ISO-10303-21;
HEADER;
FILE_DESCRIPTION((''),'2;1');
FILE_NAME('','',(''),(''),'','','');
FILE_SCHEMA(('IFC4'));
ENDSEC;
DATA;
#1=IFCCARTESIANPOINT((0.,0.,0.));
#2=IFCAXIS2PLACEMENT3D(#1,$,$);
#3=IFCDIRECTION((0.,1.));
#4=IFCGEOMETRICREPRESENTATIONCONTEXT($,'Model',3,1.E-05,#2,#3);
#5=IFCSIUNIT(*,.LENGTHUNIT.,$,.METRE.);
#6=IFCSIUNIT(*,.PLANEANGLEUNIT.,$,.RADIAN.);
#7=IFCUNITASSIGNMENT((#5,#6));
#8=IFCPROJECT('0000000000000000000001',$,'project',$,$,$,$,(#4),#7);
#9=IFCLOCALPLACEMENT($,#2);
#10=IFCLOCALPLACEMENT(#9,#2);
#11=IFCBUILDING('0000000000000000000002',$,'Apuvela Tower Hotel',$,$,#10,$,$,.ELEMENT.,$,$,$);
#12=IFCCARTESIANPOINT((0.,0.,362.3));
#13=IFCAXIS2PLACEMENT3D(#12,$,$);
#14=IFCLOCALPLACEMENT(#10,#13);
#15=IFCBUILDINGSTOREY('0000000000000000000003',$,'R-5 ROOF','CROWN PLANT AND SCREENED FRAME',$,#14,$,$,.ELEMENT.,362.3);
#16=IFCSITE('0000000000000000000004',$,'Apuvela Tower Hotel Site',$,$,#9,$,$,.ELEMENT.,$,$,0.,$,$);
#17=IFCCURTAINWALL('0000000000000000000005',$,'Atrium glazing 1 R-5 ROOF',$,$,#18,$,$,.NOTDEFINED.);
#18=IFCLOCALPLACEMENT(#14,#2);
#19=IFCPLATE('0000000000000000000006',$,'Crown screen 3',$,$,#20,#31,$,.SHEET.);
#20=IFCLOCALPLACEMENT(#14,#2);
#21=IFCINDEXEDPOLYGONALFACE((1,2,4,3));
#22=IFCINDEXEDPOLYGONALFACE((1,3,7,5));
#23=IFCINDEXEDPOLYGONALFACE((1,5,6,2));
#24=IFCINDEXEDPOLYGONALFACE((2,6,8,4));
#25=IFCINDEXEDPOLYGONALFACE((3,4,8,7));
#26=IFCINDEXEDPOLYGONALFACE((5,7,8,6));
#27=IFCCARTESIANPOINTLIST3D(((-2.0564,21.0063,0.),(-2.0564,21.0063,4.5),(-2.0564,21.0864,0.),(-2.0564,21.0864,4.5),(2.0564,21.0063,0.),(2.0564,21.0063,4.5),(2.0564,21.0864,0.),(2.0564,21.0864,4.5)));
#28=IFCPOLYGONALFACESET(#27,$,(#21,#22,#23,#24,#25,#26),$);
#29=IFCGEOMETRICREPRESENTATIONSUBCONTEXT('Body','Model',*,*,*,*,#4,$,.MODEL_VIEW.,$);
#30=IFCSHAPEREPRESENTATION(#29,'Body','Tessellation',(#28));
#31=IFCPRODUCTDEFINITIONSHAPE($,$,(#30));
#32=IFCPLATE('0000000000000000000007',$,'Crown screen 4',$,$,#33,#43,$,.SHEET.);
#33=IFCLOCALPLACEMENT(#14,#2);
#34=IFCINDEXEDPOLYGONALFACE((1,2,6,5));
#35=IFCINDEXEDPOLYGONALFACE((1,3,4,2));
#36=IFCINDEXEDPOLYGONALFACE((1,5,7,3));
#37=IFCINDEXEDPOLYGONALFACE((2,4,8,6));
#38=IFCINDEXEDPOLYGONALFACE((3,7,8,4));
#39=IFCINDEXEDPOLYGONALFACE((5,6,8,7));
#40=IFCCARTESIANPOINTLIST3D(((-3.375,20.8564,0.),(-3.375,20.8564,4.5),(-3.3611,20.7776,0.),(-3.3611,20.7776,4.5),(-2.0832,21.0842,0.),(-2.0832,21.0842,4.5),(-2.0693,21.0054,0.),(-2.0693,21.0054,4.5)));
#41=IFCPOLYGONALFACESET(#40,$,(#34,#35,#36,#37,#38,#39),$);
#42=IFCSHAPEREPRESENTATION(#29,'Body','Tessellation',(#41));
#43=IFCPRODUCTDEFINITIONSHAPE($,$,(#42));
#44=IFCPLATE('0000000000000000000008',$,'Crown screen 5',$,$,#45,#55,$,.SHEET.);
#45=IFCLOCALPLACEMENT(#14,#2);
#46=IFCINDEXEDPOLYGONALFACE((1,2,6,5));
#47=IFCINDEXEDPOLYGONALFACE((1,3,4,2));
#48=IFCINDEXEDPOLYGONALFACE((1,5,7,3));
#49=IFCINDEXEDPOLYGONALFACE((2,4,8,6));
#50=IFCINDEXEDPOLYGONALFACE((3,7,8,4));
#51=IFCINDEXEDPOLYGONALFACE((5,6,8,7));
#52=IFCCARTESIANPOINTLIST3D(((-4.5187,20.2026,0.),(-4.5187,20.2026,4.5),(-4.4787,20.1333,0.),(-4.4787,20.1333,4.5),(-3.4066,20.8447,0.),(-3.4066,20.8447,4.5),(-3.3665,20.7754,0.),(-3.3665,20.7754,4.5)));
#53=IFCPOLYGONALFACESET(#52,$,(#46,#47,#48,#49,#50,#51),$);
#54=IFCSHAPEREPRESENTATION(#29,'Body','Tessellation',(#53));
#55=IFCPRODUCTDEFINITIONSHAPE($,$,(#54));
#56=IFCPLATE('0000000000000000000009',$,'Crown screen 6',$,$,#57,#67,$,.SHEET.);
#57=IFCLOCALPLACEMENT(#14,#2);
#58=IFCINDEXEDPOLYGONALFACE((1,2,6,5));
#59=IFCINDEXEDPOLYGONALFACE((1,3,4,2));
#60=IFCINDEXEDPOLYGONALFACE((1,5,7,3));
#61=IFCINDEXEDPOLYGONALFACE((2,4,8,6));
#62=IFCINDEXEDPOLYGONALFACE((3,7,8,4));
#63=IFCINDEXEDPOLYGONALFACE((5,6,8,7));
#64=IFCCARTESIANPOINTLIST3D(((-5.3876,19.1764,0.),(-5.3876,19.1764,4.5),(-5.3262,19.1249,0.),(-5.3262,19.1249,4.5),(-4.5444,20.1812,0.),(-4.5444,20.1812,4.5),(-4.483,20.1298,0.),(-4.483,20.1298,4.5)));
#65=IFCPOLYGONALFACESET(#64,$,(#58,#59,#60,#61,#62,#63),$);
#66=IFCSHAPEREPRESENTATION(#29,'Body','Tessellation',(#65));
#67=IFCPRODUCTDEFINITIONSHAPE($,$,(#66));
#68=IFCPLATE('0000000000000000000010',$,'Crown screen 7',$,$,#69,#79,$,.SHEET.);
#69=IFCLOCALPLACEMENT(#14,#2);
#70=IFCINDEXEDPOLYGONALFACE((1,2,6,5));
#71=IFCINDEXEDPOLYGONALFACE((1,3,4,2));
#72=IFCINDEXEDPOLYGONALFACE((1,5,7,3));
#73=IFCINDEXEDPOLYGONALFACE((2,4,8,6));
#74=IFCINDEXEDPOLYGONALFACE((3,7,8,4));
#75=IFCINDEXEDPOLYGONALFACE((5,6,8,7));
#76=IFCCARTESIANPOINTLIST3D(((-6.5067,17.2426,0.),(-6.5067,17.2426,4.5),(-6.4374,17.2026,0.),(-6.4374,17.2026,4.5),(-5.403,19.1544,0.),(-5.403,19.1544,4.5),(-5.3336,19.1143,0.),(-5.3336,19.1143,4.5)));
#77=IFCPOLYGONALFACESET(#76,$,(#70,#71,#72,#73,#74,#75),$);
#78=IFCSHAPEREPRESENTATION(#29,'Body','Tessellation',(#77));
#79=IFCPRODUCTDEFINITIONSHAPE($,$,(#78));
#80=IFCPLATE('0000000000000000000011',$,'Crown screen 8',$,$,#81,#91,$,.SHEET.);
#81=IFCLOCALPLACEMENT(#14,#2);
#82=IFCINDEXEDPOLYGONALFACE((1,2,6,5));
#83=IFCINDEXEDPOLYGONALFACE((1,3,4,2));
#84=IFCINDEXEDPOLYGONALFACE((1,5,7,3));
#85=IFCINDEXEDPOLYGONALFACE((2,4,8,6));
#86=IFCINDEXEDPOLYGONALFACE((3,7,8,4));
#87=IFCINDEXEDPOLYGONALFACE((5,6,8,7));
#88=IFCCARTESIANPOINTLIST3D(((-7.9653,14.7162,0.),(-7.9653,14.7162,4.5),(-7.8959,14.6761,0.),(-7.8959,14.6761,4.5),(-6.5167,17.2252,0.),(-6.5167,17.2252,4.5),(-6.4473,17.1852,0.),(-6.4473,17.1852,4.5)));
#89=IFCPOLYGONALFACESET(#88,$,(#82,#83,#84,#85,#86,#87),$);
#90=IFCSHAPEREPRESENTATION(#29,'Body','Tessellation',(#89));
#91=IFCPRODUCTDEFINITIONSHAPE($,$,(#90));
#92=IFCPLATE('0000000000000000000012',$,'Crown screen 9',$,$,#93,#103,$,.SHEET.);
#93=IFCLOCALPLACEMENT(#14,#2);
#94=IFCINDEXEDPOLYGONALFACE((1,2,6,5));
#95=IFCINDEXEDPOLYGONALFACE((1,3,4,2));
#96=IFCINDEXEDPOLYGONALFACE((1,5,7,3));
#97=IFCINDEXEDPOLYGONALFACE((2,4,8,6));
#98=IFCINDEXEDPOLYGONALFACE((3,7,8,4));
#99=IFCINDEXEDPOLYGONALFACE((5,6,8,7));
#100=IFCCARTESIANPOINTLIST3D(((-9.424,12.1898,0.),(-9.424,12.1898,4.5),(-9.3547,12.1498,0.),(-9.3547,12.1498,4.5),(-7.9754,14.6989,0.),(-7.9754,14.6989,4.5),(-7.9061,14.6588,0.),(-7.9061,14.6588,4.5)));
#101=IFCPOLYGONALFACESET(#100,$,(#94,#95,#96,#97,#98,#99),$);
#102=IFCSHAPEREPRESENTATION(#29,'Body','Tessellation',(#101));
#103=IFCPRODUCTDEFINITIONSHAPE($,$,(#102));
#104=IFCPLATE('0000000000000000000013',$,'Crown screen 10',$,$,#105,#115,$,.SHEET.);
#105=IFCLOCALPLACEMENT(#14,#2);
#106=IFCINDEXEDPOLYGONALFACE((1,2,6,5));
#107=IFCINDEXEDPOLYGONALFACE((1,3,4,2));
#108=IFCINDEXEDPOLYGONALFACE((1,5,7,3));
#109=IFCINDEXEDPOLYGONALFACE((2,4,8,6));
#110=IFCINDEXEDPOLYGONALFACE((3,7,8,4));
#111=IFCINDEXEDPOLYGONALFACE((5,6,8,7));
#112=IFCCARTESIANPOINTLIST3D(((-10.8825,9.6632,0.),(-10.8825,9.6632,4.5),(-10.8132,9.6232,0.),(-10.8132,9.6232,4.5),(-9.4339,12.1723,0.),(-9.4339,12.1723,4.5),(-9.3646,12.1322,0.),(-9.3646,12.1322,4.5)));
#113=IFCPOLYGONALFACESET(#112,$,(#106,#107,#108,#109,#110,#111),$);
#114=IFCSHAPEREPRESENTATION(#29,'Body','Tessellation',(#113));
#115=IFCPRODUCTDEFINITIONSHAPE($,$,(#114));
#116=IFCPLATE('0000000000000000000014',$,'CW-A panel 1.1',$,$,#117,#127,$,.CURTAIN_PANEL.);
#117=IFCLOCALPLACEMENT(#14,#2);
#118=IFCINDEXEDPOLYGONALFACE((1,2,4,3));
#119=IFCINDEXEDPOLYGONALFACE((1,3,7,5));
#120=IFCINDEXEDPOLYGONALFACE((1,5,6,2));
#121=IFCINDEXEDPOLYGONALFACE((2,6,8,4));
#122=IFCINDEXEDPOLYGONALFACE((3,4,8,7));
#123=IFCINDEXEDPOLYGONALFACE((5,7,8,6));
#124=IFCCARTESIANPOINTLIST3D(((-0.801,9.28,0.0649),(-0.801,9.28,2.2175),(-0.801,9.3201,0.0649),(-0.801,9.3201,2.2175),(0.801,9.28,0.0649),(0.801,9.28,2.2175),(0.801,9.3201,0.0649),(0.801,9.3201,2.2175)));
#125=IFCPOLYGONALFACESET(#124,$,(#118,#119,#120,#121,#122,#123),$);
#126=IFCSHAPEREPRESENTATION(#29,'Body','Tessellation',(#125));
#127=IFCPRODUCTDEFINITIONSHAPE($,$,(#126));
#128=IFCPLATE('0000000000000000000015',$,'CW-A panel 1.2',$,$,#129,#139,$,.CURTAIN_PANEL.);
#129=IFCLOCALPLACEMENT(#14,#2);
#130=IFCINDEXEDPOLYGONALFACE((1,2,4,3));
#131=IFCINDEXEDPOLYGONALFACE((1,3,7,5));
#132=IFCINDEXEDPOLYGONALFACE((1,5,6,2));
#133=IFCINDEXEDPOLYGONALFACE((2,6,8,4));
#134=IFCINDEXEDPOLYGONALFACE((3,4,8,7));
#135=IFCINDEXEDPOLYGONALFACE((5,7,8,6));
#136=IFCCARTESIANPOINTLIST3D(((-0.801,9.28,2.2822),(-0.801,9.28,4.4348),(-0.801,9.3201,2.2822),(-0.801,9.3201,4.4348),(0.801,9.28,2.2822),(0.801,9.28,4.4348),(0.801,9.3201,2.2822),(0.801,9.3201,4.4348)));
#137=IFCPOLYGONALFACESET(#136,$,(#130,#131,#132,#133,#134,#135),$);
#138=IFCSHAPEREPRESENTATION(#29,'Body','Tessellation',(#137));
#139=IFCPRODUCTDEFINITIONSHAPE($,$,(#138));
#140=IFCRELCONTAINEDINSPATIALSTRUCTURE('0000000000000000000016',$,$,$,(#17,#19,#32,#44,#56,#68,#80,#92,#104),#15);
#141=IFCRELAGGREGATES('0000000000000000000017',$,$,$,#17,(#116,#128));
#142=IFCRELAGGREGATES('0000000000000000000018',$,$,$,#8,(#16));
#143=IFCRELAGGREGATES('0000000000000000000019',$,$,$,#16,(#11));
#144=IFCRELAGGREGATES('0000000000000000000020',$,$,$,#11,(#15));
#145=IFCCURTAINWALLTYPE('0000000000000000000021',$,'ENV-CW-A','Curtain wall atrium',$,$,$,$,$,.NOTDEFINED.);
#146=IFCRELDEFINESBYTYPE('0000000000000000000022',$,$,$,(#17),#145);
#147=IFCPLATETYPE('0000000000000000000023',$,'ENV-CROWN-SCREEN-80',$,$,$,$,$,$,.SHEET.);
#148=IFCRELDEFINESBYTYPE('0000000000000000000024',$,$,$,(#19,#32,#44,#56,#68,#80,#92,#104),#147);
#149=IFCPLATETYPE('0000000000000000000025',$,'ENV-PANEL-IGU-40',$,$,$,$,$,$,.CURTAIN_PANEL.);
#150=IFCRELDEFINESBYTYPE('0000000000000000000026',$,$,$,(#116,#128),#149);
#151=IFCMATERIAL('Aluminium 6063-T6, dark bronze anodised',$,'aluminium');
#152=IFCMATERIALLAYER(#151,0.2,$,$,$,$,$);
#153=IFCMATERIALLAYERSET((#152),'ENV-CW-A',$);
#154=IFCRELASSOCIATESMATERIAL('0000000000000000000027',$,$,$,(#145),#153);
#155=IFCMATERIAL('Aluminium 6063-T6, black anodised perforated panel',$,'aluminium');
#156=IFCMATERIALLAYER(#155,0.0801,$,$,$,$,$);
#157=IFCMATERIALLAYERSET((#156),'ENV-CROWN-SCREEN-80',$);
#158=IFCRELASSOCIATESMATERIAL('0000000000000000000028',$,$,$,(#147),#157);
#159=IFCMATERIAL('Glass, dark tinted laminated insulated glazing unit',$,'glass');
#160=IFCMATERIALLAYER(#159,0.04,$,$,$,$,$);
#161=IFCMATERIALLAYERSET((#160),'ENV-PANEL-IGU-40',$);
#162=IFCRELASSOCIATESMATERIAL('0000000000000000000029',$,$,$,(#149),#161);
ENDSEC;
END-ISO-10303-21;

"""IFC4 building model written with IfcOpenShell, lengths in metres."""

from ifc_helpers import new_model, si_unit, direction, frame, origin, origin_2d, place, context, subcontext, project, spatial, rectangle, extrude, material, layer, layer_set, type_object, element, aggregate, save


model = new_model("IFC4")

# Units and contexts
model_context = context("Model", 3, precision=1e-05, world=origin(), true_north=direction((0.0, 1.0)))
body_context = subcontext(model_context, "Body", "Model", "MODEL_VIEW")
ifc_project = project(units=[si_unit("LENGTHUNIT", "METRE"), si_unit("PLANEANGLEUNIT", "RADIAN")], contexts=[model_context])

# Site, building, storey
site_placement = place(None, origin())
site = spatial("IfcSite", under=ifc_project, at=site_placement, Name="Apuvela Tower Hotel Site", CompositionType="ELEMENT", RefElevation=0.0)
building_placement = place(site_placement, origin())
building = spatial("IfcBuilding", under=site, at=building_placement, Name="Apuvela Tower Hotel", CompositionType="ELEMENT")
storey_placement = place(building_placement, frame((0.0, 0.0, 362.3)))
storey = spatial("IfcBuildingStorey", under=building, at=storey_placement, Name="R-5 ROOF", Description="CROWN PLANT AND SCREENED FRAME", CompositionType="ELEMENT", Elevation=362.3)

# Curtain wall
ifc_material_1 = material(Name="Aluminium 6063-T6, dark bronze anodised", Category="aluminium")
ifc_layer_1 = layer(ifc_material_1, 0.2)
ifc_layer_set_1 = layer_set([ifc_layer_1], Name="ENV-CW-A")
curtain_wall_type = type_object("IfcCurtainWallType", Name="ENV-CW-A", Description="Curtain wall atrium", PredefinedType="NOTDEFINED", material=ifc_layer_set_1)
curtain_wall_1_placement = place(storey_placement, origin())
curtain_wall_1 = element("IfcCurtainWall", 1, at=curtain_wall_1_placement, inside=storey, type_object=curtain_wall_type, Name="Atrium glazing 1 R-5 ROOF", PredefinedType="NOTDEFINED")

# Plates
ifc_material_2 = material(Name="Aluminium 6063-T6, black anodised perforated panel", Category="aluminium")
ifc_layer_2 = layer(ifc_material_2, 0.0801)
ifc_layer_set_2 = layer_set([ifc_layer_2], Name="ENV-CROWN-SCREEN-80")
plate_type_1 = type_object("IfcPlateType", Name="ENV-CROWN-SCREEN-80", PredefinedType="SHEET", material=ifc_layer_set_2)
plate_1_placement = place(storey_placement, frame((0.0, 21.0464, 0.0), z_axis=(0.0, 0.0, 1.0), x_axis=(-1.0, 0.0, 0.0)))
element("IfcPlate", 2, at=plate_1_placement, inside=storey, type_object=plate_type_1, Name="Crown screen 3", PredefinedType="SHEET", context=body_context, shape_type="SweptSolid", body=[
    extrude(rectangle(XDim=4.1128, YDim=0.0801, at=origin_2d()), origin(), (0.0, 0.0, 1.0), 4.5),
])
plate_2_placement = place(storey_placement, frame((-2.7222, 20.9309, 0.0), z_axis=(0.0, 0.0, 1.0), x_axis=(-0.984808, -0.173648, 0.0)))
element("IfcPlate", 3, at=plate_2_placement, inside=storey, type_object=plate_type_1, Name="Crown screen 4", PredefinedType="SHEET", context=body_context, shape_type="SweptSolid", body=[
    extrude(rectangle(XDim=1.3118, YDim=0.0801, at=origin_2d()), origin(), (0.0, 0.0, 1.0), 4.5),
])
plate_3_placement = place(storey_placement, frame((-3.9426, 20.489, 0.0), z_axis=(0.0, 0.0, 1.0), x_axis=(-0.866025, -0.5, 0.0)))
element("IfcPlate", 4, at=plate_3_placement, inside=storey, type_object=plate_type_1, Name="Crown screen 5", PredefinedType="SHEET", context=body_context, shape_type="SweptSolid", body=[
    extrude(rectangle(XDim=1.2842, YDim=0.0801, at=origin_2d()), origin(), (0.0, 0.0, 1.0), 4.5),
])
plate_4_placement = place(storey_placement, frame((-4.9353, 19.6531, 0.0), z_axis=(0.0, 0.0, 1.0), x_axis=(-0.642788, -0.766044, 0.0)))
element("IfcPlate", 5, at=plate_4_placement, inside=storey, type_object=plate_type_1, Name="Crown screen 6", PredefinedType="SHEET", context=body_context, shape_type="SweptSolid", body=[
    extrude(rectangle(XDim=1.3118, YDim=0.0801, at=origin_2d()), origin(), (0.0, 0.0, 1.0), 4.5),
])
plate_5_placement = place(storey_placement, frame((-5.9202, 18.1785, 0.0), z_axis=(0.0, 0.0, 1.0), x_axis=(-0.5, -0.866025, 0.0)))
element("IfcPlate", 6, at=plate_5_placement, inside=storey, type_object=plate_type_1, Name="Crown screen 7", PredefinedType="SHEET", context=body_context, shape_type="SweptSolid", body=[
    extrude(rectangle(XDim=2.2075, YDim=0.0801, at=origin_2d()), origin(), (0.0, 0.0, 1.0), 4.5),
])
for number, where, z_axis, x_axis, name in (
    (7, (-7.2063, 15.9507, 0.0), (0.0, 0.0, 1.0), (-0.5, -0.866025, 0.0), "Crown screen 8"),
    (8, (-8.665, 13.4243, 0.0), (0.0, 0.0, 1.0), (-0.5, -0.866025, 0.0), "Crown screen 9"),
    (9, (-10.1235, 10.8977, 0.0), (0.0, 0.0, 1.0), (-0.5, -0.866025, 0.0), "Crown screen 10"),
):
    element("IfcPlate", number, at=place(storey_placement, frame(where, z_axis=z_axis, x_axis=x_axis)), inside=storey, type_object=plate_type_1, Name=name, PredefinedType="SHEET", context=body_context, shape_type="SweptSolid", body=[
        extrude(rectangle(XDim=2.8972, YDim=0.0801, at=origin_2d()), origin(), (0.0, 0.0, 1.0), 4.5),
    ])

# Plates
ifc_material_3 = material(Name="Glass, dark tinted laminated insulated glazing unit", Category="glass")
ifc_layer_3 = layer(ifc_material_3, 0.04)
ifc_layer_set_3 = layer_set([ifc_layer_3], Name="ENV-PANEL-IGU-40")
plate_type_2 = type_object("IfcPlateType", Name="ENV-PANEL-IGU-40", PredefinedType="CURTAIN_PANEL", material=ifc_layer_set_3)
plate_6_placement = place(storey_placement, frame((0.0, 9.3, 0.0649), z_axis=(0.0, 0.0, 1.0), x_axis=(-1.0, 0.0, 0.0)))
plate_6 = element("IfcPlate", 10, at=plate_6_placement, type_object=plate_type_2, Name="CW-A panel 1.1", PredefinedType="CURTAIN_PANEL", context=body_context, shape_type="SweptSolid", body=[
    extrude(rectangle(XDim=1.6021, YDim=0.04, at=origin_2d()), origin(), (0.0, 0.0, 1.0), 2.1526),
])
plate_7_placement = place(storey_placement, frame((0.0, 9.3, 2.2822), z_axis=(0.0, 0.0, 1.0), x_axis=(-1.0, 0.0, 0.0)))
plate_7 = element("IfcPlate", 11, at=plate_7_placement, type_object=plate_type_2, Name="CW-A panel 1.2", PredefinedType="CURTAIN_PANEL", context=body_context, shape_type="SweptSolid", body=[
    extrude(rectangle(XDim=1.6021, YDim=0.04, at=origin_2d()), origin(), (0.0, 0.0, 1.0), 2.1526),
])
aggregate(curtain_wall_1, [plate_6, plate_7])

save(model, "model.ifc")
